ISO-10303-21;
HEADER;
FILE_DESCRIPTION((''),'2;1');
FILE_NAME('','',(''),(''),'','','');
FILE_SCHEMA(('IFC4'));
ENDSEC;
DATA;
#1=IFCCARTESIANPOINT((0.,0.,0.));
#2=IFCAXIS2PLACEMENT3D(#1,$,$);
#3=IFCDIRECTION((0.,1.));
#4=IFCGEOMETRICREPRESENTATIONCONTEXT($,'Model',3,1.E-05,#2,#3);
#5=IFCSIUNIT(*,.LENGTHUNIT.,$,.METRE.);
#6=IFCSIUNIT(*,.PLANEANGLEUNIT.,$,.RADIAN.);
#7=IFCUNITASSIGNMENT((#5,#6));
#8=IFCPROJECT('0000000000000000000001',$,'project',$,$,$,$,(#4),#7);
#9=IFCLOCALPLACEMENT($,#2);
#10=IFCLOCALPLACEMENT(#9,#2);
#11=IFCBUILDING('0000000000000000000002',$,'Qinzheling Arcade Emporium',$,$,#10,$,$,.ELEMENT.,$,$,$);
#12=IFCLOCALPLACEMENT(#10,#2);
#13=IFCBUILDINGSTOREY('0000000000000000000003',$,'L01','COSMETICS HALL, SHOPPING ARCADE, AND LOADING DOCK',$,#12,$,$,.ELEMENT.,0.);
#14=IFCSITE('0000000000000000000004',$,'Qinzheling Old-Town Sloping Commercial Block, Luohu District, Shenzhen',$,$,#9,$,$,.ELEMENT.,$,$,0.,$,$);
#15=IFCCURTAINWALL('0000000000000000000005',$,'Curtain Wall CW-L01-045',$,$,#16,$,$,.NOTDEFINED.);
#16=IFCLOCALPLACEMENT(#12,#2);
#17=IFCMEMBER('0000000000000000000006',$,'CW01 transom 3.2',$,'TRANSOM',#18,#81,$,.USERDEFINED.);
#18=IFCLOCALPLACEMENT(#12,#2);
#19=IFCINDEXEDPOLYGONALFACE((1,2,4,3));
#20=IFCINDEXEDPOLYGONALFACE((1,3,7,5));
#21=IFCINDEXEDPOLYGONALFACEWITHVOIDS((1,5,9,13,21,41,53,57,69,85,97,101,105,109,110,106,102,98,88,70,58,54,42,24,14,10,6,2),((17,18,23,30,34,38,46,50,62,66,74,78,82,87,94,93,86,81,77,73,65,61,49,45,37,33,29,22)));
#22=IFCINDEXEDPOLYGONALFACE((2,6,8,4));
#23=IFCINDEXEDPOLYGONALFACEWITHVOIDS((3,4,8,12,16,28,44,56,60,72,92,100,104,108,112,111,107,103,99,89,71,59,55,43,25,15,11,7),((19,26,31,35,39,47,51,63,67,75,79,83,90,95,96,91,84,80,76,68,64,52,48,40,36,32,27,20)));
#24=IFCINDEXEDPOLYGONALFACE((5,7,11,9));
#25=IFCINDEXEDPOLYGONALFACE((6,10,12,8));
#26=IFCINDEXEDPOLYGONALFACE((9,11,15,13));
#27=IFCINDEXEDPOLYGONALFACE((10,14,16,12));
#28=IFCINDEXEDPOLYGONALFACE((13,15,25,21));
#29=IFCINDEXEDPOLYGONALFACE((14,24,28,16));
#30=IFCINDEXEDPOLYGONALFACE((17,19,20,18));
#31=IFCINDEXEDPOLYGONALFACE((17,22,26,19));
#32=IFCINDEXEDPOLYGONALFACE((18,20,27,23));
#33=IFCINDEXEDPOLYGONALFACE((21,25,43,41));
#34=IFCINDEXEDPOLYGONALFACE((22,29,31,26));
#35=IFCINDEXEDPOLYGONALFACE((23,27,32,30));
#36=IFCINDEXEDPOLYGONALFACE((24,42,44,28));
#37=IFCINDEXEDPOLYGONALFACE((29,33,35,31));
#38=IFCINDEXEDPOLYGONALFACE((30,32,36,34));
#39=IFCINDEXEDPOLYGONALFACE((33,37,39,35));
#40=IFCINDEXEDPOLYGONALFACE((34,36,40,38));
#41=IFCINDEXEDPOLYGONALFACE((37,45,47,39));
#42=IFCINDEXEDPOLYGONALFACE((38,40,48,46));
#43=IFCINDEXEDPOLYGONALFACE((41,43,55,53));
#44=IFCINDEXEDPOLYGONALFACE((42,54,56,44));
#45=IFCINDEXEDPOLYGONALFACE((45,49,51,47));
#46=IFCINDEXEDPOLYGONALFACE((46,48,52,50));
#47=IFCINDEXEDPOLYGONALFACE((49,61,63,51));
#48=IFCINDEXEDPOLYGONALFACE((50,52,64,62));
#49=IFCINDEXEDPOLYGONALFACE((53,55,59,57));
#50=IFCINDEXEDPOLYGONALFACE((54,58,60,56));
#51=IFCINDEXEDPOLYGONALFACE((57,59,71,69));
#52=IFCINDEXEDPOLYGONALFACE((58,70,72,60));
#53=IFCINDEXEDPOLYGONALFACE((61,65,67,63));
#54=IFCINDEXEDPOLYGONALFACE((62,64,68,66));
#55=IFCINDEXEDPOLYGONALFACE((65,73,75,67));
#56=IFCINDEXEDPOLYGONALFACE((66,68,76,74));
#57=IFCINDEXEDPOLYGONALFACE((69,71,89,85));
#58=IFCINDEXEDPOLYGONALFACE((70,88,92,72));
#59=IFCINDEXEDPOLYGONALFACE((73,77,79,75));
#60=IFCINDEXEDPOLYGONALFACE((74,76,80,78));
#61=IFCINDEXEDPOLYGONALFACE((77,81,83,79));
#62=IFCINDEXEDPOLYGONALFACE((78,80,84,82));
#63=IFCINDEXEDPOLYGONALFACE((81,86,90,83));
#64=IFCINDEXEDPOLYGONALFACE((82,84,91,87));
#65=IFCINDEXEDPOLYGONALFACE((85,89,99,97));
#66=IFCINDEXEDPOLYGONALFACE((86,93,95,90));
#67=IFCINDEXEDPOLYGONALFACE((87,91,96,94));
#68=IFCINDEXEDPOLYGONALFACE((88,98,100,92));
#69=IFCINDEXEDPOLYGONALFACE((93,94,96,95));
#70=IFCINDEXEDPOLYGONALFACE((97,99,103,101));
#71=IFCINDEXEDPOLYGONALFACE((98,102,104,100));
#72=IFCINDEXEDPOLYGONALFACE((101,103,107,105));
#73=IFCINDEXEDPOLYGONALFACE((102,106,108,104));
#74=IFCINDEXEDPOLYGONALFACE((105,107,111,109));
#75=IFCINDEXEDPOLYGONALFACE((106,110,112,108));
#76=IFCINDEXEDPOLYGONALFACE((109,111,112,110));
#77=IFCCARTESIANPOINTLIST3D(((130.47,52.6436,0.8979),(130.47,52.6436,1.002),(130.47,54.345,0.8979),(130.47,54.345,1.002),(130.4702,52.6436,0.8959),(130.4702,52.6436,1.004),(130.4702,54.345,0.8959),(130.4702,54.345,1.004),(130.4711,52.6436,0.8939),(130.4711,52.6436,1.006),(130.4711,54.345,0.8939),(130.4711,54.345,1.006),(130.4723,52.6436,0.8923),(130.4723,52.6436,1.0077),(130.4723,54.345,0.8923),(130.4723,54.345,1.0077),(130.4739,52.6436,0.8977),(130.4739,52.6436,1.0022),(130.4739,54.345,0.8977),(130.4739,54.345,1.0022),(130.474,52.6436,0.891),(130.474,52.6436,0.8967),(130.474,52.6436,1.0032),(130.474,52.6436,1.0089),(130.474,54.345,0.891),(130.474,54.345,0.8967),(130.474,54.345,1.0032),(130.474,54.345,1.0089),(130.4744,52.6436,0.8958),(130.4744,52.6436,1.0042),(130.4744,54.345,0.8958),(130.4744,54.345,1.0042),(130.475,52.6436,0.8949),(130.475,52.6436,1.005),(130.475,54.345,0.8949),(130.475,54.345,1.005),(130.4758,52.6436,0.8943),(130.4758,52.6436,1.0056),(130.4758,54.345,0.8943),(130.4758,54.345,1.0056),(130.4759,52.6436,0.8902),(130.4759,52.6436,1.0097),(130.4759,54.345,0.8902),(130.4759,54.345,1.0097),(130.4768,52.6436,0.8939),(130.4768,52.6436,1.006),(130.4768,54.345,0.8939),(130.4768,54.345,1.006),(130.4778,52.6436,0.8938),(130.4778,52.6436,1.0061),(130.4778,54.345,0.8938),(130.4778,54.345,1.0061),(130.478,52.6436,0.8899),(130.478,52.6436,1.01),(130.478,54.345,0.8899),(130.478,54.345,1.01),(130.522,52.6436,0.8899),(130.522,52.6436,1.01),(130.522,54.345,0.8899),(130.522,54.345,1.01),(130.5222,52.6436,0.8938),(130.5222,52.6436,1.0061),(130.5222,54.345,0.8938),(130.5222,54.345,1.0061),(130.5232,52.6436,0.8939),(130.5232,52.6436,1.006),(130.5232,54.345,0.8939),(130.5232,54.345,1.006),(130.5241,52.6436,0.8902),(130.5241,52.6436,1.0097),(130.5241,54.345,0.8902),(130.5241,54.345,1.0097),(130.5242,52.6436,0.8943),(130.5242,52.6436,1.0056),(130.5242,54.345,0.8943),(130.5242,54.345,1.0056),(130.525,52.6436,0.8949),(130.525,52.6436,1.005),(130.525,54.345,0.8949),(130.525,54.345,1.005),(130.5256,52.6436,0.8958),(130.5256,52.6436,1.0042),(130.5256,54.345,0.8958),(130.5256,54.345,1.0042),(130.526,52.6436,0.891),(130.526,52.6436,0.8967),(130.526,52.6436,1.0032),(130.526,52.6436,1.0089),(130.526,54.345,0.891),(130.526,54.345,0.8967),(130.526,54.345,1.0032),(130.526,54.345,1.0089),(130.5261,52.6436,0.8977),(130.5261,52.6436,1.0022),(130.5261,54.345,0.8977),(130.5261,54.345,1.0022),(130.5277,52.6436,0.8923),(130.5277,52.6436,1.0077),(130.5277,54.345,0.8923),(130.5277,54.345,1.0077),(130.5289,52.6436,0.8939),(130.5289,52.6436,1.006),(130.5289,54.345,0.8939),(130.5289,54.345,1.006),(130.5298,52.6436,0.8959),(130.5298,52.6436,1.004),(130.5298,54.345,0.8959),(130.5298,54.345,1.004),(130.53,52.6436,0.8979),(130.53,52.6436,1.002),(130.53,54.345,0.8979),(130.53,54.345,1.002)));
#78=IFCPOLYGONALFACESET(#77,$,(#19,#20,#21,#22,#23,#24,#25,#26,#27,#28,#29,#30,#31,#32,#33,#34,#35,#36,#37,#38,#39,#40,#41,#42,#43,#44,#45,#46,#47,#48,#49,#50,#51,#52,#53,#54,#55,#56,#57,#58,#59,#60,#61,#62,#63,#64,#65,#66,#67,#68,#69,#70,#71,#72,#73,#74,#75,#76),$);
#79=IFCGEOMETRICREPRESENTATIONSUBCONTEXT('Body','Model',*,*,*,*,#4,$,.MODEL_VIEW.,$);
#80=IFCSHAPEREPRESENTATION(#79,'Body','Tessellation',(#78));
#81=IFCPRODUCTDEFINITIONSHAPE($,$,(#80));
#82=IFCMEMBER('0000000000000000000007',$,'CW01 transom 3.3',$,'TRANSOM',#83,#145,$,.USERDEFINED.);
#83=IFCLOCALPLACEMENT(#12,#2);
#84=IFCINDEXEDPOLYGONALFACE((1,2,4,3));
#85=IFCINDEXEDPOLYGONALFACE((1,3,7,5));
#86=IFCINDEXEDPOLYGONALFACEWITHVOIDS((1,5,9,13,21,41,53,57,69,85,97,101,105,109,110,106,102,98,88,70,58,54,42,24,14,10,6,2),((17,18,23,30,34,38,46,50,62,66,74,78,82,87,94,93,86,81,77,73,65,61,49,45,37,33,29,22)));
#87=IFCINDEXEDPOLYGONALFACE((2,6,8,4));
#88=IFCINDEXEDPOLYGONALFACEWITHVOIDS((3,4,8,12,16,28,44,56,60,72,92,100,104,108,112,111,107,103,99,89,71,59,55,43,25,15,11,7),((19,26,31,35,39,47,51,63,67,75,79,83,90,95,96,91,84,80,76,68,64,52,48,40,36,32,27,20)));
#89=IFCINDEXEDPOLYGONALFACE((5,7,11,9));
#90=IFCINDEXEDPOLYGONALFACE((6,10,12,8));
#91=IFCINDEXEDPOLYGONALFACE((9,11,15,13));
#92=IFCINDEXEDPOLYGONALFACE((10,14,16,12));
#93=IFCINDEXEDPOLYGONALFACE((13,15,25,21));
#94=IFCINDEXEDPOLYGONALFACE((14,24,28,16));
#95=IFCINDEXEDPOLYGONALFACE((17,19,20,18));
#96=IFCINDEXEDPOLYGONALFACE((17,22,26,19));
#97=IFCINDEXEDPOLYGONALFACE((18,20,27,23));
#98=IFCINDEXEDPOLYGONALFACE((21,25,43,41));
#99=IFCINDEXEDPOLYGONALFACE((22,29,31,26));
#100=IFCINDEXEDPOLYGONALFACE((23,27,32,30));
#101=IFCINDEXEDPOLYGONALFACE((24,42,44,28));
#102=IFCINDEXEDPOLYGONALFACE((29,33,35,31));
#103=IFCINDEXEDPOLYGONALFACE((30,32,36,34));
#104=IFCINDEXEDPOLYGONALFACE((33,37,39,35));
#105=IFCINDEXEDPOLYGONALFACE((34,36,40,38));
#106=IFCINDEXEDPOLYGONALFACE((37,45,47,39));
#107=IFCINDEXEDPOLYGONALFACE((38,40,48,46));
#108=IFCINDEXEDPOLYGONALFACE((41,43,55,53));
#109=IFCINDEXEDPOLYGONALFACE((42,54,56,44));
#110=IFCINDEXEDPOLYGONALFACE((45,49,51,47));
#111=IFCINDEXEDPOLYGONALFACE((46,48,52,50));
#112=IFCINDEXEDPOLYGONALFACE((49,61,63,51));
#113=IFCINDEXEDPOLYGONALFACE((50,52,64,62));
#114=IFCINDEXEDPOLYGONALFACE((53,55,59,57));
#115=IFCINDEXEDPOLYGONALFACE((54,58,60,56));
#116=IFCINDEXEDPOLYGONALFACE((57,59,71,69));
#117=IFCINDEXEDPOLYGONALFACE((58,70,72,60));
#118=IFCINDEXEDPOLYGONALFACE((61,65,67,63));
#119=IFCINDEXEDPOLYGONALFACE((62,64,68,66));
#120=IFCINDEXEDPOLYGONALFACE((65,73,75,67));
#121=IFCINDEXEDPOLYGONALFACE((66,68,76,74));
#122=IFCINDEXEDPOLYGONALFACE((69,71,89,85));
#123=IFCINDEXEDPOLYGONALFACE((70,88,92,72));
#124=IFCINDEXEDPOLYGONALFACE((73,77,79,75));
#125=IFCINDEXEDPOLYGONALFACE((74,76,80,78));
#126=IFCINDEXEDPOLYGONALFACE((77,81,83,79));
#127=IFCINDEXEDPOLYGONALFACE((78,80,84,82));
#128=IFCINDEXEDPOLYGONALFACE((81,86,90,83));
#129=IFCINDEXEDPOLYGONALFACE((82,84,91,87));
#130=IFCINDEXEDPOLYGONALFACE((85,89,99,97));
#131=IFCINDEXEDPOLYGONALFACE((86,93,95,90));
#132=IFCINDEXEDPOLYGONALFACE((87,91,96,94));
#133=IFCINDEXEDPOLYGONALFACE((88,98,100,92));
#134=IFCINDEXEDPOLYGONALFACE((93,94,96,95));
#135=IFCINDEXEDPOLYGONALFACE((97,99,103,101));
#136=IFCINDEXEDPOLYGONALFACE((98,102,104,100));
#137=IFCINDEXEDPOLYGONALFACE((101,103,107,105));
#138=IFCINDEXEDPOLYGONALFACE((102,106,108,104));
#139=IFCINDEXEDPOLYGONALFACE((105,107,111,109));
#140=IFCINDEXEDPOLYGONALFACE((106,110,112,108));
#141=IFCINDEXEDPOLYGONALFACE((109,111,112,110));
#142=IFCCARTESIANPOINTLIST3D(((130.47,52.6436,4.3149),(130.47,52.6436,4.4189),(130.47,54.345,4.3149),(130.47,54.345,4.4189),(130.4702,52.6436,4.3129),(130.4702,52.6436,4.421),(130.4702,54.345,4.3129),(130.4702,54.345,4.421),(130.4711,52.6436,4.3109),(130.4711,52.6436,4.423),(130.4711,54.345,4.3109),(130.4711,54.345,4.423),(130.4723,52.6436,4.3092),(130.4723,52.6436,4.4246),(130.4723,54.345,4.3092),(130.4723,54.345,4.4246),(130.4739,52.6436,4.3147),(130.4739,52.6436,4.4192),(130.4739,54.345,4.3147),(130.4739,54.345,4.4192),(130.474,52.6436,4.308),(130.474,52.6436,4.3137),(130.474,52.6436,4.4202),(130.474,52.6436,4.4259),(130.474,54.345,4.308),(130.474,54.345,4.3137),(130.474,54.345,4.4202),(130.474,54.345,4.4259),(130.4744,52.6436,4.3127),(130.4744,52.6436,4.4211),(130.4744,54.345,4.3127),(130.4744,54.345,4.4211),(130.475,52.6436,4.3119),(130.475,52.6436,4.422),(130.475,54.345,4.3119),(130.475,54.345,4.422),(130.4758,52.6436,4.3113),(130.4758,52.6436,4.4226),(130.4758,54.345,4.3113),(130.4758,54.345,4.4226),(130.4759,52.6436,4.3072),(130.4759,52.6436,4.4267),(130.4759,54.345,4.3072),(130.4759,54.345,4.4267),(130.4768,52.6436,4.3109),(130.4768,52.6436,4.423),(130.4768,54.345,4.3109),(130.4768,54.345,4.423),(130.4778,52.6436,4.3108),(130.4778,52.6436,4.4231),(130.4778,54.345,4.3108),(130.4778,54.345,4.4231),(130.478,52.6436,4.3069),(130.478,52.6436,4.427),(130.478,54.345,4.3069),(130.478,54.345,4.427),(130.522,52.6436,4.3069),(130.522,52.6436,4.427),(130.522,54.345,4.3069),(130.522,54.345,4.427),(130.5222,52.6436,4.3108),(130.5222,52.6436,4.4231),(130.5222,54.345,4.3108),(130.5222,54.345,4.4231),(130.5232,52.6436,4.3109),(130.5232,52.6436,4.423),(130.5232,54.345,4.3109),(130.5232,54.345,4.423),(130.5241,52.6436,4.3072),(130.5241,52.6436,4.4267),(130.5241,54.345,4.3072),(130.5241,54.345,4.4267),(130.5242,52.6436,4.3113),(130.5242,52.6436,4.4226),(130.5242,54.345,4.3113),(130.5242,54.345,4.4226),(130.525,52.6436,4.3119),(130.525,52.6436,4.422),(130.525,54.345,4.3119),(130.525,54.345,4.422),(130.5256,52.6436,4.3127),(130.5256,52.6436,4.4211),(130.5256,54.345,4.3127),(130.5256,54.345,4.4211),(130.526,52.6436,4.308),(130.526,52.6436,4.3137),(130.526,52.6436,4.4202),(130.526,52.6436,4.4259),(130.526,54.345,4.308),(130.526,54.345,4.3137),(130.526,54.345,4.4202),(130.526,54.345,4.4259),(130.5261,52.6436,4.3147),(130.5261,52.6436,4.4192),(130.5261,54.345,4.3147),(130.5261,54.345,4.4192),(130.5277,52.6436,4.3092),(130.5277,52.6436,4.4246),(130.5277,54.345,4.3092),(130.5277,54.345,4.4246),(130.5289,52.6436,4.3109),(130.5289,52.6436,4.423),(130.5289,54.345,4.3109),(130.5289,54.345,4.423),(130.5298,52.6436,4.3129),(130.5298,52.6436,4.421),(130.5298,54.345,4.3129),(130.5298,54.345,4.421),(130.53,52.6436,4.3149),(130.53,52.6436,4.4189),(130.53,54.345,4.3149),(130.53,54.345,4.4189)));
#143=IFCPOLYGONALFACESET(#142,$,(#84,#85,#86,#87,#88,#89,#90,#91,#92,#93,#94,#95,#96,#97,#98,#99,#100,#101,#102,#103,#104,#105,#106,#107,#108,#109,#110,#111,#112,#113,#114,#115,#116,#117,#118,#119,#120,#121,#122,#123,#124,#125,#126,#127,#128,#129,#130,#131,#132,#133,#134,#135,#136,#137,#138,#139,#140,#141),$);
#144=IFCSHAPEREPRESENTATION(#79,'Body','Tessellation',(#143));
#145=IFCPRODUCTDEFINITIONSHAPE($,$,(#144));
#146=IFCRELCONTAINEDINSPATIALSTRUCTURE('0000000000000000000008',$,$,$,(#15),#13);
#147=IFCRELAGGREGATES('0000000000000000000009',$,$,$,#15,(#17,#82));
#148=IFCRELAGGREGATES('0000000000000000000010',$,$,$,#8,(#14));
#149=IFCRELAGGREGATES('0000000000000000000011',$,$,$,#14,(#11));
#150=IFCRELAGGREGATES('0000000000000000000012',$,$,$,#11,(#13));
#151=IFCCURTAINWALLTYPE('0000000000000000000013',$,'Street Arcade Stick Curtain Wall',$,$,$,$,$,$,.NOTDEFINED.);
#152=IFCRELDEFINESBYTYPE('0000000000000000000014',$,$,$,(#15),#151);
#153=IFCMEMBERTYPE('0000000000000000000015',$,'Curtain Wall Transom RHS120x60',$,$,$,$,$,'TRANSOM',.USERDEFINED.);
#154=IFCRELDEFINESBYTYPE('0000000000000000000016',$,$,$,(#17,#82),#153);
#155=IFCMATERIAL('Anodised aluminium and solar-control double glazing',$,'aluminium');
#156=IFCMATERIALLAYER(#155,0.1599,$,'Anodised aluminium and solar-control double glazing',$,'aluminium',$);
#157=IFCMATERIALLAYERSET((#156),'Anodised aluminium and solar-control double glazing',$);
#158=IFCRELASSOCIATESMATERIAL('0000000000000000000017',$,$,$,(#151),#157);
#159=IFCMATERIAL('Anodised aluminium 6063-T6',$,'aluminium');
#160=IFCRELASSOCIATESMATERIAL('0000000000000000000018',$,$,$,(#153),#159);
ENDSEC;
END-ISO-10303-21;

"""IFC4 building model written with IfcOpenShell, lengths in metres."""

from ifc_helpers import new_model, si_unit, direction, frame, origin, origin_2d, place, context, subcontext, project, spatial, hollow_rectangle, extrude, material, layer, layer_set, material_profile, profile_set, type_object, element, aggregate, save


model = new_model("IFC4")

# Units and contexts
model_context = context("Model", 3, precision=1e-05, world=origin(), true_north=direction((0.0, 1.0)))
body_context = subcontext(model_context, "Body", "Model", "MODEL_VIEW")
ifc_project = project(units=[si_unit("LENGTHUNIT", "METRE"), si_unit("PLANEANGLEUNIT", "RADIAN")], contexts=[model_context])

# Site, building, storey
site_placement = place(None, origin())
site = spatial("IfcSite", under=ifc_project, at=site_placement, Name="Qinzheling Old-Town Sloping Commercial Block, Luohu District, Shenzhen", CompositionType="ELEMENT", RefElevation=0.0)
building_placement = place(site_placement, origin())
building = spatial("IfcBuilding", under=site, at=building_placement, Name="Qinzheling Arcade Emporium", CompositionType="ELEMENT")
storey_placement = place(building_placement, origin())
storey = spatial("IfcBuildingStorey", under=building, at=storey_placement, Name="L01", Description="COSMETICS HALL, SHOPPING ARCADE, AND LOADING DOCK", CompositionType="ELEMENT", Elevation=0.0)

# Shared definitions
ifc_material_1 = material(Name="Anodised aluminium and solar-control double glazing", Category="aluminium")
ifc_layer_1 = layer(ifc_material_1, 0.1599, Name="Anodised aluminium and solar-control double glazing", Category="aluminium")
ifc_layer_set_1 = layer_set([ifc_layer_1], Name="Anodised aluminium and solar-control double glazing")
curtain_wall_type = type_object("IfcCurtainWallType", Name="Street Arcade Stick Curtain Wall", PredefinedType="NOTDEFINED", material=ifc_layer_set_1)
ifc_material_2 = material(Name="Anodised aluminium 6063-T6", Category="aluminium")

# Curtain wall, members
curtain_wall_1_placement = place(storey_placement, origin())
curtain_wall_1 = element("IfcCurtainWall", 1, at=curtain_wall_1_placement, inside=storey, type_object=curtain_wall_type, Name="Curtain Wall CW-L01-045", PredefinedType="NOTDEFINED")
ifc_material_profile_1 = material_profile(ifc_material_2, hollow_rectangle(XDim=0.0601, YDim=0.1201, WallThickness=0.0039, InnerFilletRadius=0.0039, OuterFilletRadius=0.0081, at=origin_2d()), Name="RHS 120x60x4", Category="aluminium")
ifc_profile_set_1 = profile_set([ifc_material_profile_1], Name="Anodised aluminium 6063-T6")
member_type_1 = type_object("IfcMemberType", Name="Curtain Wall Transom RHS120x60", ElementType="TRANSOM", PredefinedType="USERDEFINED", material=ifc_profile_set_1)
member_1_placement = place(storey_placement, frame((130.5, 54.345, 0.95), z_axis=(0.0, -1.0, 0.0), x_axis=(1.0, 0.0, 0.0)))
member_1 = element("IfcMember", 2, at=member_1_placement, type_object=member_type_1, Name="CW01 transom 3.2", ObjectType="TRANSOM", PredefinedType="USERDEFINED", context=body_context, shape_type="SweptSolid", body=[
    extrude(hollow_rectangle(XDim=0.0601, YDim=0.1201, WallThickness=0.0039, InnerFilletRadius=0.0039, OuterFilletRadius=0.0081, at=origin_2d()), origin(), (0.0, 0.0, 1.0), 1.7014),
])
member_2_placement = place(storey_placement, frame((130.5, 54.345, 4.3669), z_axis=(0.0, -1.0, 0.0), x_axis=(1.0, 0.0, 0.0)))
member_2 = element("IfcMember", 3, at=member_2_placement, type_object=member_type_1, Name="CW01 transom 3.3", ObjectType="TRANSOM", PredefinedType="USERDEFINED", context=body_context, shape_type="SweptSolid", body=[
    extrude(hollow_rectangle(XDim=0.0601, YDim=0.1201, WallThickness=0.0039, InnerFilletRadius=0.0039, OuterFilletRadius=0.0081, at=origin_2d()), origin(), (0.0, 0.0, 1.0), 1.7014),
])

aggregate(curtain_wall_1, [member_1, member_2])

save(model, "model.ifc")
